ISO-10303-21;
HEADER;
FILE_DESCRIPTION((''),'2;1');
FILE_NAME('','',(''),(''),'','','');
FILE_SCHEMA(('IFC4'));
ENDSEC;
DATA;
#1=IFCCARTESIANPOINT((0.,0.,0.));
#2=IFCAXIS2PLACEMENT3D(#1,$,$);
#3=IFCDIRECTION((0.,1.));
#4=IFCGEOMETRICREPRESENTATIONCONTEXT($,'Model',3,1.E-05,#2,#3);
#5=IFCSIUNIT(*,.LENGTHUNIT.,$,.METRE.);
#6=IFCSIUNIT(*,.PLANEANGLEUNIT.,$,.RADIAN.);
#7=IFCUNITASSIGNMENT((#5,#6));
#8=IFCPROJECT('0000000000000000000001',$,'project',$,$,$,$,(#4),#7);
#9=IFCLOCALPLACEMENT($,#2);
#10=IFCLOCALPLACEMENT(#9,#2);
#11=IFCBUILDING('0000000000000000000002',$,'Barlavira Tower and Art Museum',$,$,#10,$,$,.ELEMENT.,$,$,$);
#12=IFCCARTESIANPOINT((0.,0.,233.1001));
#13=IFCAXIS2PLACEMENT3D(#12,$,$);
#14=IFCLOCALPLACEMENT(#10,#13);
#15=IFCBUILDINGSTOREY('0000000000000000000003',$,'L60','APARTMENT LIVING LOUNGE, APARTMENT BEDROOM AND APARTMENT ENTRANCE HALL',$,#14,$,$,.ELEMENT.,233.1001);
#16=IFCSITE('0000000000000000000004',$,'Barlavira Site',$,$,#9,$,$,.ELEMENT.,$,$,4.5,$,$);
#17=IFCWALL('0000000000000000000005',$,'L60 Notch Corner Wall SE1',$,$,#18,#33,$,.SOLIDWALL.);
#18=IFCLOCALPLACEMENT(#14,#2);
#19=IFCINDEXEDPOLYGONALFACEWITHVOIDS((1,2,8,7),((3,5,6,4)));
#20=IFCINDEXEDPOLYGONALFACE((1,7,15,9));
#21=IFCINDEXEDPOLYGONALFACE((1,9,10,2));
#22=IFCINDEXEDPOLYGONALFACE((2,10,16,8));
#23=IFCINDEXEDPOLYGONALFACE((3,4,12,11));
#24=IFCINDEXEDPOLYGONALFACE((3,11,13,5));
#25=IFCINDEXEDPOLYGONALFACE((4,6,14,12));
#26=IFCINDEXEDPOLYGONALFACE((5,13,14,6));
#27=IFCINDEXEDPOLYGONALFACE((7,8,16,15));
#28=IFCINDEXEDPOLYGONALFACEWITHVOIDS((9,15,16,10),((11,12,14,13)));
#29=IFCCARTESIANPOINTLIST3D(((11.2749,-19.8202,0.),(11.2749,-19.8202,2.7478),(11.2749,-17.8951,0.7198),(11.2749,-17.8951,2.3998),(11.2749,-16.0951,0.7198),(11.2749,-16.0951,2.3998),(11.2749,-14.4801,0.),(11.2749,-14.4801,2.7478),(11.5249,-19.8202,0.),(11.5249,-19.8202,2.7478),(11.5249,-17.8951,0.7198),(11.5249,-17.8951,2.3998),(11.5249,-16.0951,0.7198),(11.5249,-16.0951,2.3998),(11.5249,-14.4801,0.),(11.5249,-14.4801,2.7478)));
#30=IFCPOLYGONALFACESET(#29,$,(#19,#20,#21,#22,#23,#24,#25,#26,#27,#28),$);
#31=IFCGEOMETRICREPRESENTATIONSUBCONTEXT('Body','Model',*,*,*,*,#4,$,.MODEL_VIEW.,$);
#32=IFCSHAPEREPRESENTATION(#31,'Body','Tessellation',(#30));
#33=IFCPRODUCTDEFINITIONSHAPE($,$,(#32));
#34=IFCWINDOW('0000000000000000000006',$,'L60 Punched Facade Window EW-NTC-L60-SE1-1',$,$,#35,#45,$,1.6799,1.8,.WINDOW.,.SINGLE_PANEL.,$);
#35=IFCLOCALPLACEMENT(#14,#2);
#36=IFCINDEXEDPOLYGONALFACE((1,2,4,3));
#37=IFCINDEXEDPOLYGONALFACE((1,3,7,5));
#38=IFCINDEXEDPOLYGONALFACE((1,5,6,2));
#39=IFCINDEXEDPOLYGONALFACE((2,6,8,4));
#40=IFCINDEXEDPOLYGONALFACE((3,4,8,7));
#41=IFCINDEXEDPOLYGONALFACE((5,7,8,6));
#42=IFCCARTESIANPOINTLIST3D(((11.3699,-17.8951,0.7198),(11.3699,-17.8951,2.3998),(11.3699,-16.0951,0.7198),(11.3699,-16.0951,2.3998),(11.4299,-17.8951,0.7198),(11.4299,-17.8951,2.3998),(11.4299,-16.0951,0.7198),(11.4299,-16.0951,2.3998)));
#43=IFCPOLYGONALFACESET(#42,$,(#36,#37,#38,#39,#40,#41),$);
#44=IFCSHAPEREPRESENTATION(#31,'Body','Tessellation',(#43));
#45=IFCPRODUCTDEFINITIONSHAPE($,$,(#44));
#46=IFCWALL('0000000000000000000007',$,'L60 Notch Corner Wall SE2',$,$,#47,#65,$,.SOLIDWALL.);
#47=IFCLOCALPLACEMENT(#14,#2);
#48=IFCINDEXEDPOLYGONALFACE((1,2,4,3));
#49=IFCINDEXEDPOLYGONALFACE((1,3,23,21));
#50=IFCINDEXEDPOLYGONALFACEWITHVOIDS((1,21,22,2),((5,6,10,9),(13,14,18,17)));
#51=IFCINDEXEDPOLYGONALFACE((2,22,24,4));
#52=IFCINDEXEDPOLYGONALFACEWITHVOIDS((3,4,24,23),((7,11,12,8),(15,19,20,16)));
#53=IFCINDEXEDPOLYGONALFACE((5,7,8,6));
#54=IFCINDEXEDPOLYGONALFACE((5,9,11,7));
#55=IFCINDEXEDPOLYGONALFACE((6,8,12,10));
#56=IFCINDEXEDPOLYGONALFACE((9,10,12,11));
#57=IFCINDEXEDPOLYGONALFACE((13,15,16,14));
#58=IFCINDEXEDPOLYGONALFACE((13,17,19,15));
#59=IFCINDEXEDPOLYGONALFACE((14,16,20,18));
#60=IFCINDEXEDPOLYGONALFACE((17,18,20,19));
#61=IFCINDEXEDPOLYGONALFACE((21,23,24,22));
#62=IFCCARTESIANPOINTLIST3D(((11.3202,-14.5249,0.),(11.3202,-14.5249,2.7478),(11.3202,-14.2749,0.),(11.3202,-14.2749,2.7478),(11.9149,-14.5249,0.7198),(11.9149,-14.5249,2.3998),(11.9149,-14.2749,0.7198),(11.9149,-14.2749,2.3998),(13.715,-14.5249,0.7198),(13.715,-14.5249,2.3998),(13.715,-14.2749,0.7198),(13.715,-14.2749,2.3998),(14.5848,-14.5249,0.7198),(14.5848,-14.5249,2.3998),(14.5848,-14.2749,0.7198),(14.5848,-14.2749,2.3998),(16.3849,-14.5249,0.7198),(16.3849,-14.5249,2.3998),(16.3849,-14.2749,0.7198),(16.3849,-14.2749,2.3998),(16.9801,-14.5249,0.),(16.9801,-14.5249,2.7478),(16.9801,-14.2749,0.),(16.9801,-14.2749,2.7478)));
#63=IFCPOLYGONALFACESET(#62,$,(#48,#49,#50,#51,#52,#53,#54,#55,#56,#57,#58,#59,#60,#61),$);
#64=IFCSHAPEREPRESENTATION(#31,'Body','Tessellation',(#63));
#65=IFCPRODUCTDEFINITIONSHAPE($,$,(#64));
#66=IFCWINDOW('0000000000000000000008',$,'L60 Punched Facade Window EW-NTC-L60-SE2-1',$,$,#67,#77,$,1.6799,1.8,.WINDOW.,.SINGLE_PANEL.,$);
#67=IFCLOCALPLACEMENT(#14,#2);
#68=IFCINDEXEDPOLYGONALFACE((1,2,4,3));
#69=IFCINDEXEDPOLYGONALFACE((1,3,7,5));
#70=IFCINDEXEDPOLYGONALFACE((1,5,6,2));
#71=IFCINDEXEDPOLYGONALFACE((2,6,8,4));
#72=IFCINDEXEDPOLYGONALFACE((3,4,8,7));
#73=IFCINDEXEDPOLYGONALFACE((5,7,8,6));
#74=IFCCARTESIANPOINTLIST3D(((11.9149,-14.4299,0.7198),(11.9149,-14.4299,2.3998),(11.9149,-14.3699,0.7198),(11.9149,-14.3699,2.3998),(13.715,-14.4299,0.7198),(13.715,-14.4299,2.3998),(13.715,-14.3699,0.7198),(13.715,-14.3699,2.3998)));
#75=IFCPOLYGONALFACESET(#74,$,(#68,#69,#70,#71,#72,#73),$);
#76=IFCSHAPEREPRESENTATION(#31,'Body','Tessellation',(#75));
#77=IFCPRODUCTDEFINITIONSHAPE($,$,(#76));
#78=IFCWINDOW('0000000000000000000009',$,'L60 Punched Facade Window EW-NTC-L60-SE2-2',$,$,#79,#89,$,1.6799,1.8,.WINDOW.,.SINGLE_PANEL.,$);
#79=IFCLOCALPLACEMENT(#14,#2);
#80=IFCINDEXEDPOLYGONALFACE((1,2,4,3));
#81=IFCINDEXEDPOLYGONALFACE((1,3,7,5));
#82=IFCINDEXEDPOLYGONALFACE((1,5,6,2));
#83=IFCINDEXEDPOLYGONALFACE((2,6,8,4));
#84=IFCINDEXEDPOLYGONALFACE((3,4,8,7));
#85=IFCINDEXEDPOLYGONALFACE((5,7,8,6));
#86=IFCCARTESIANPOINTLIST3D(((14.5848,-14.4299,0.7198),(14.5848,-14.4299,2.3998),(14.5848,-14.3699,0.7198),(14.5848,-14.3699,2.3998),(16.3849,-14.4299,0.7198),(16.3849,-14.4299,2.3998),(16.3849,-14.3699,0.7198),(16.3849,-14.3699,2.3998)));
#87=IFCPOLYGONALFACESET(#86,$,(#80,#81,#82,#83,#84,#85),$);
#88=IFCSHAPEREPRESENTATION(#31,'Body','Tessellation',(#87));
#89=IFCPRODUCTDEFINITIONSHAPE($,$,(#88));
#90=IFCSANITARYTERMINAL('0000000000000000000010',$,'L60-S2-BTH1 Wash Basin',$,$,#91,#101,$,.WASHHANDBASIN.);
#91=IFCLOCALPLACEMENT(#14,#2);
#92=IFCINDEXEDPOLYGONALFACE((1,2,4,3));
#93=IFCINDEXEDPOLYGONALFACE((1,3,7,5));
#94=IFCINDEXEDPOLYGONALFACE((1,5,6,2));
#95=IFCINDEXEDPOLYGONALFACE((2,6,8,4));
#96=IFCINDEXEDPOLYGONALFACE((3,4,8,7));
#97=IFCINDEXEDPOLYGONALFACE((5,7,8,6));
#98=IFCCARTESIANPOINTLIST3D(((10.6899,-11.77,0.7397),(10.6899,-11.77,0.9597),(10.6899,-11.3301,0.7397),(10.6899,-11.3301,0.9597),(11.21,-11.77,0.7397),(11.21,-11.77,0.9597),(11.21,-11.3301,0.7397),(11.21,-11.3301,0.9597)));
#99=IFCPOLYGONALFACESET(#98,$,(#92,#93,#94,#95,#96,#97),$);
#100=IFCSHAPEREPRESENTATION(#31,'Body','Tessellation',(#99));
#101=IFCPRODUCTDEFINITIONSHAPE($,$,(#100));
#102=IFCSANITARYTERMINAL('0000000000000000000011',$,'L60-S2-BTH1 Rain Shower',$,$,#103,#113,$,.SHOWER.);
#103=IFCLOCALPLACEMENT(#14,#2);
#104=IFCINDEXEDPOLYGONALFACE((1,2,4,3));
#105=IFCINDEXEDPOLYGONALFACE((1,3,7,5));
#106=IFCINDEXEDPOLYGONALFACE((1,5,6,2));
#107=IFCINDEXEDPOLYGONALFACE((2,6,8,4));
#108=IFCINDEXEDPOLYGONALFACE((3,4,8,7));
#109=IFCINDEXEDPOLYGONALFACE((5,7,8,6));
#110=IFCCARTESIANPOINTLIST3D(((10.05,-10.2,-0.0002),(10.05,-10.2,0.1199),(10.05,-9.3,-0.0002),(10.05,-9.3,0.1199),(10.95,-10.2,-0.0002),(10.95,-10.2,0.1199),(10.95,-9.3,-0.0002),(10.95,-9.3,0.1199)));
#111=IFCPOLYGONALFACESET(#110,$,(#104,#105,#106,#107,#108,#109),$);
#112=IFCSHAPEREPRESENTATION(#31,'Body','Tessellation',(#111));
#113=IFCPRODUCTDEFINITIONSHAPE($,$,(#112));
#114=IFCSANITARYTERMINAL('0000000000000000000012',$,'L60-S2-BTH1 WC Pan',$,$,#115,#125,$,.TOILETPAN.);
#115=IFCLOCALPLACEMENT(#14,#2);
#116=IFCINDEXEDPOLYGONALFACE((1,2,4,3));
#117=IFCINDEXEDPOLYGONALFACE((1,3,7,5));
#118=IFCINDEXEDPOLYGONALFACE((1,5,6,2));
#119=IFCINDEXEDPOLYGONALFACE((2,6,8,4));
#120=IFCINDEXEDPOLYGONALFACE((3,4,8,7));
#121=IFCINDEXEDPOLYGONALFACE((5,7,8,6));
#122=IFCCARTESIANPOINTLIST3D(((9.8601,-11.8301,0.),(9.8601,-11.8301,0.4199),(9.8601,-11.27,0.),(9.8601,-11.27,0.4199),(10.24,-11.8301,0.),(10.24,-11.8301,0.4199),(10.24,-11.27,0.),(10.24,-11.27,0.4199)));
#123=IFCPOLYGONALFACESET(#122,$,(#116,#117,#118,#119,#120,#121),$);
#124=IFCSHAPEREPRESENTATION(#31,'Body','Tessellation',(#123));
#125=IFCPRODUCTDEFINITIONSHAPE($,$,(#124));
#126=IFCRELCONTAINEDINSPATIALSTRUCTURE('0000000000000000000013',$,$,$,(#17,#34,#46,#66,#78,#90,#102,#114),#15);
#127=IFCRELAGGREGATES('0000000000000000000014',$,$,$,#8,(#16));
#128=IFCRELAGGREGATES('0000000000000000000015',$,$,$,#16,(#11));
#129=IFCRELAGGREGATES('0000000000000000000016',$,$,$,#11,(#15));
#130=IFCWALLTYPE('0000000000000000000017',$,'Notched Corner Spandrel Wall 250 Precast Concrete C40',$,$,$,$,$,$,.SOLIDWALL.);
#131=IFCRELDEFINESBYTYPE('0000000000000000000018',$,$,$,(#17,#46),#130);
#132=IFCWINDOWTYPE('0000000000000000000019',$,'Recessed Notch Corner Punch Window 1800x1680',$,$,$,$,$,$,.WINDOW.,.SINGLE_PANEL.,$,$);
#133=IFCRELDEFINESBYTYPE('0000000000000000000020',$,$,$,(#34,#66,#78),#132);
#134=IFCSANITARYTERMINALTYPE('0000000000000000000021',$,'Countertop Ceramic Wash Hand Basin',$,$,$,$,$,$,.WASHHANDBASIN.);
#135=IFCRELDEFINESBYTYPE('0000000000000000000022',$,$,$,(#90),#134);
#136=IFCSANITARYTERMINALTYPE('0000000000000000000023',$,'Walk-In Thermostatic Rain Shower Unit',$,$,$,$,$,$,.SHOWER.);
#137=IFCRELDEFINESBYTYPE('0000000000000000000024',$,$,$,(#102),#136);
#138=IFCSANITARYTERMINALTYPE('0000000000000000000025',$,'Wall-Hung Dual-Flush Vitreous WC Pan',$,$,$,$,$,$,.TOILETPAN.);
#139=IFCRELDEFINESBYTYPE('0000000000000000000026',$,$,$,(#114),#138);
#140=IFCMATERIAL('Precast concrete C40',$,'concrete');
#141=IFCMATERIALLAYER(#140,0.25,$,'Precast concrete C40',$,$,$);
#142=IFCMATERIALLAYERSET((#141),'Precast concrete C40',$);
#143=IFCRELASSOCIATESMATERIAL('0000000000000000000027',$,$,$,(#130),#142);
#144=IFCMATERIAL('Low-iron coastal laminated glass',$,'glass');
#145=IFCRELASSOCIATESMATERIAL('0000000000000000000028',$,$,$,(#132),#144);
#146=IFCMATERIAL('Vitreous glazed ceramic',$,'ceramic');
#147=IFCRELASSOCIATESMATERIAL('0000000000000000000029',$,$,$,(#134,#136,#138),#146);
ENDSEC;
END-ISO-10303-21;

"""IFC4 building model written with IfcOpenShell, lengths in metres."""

from ifc_helpers import new_model, si_unit, direction, frame, frame_2d, origin, origin_2d, place, context, subcontext, project, spatial, rectangle, extrude, material, layer, layer_set, type_object, element, fill, save


model = new_model("IFC4")

# Units and contexts
model_context = context("Model", 3, precision=1e-05, world=origin(), true_north=direction((0.0, 1.0)))
body_context = subcontext(model_context, "Body", "Model", "MODEL_VIEW")
ifc_project = project(units=[si_unit("LENGTHUNIT", "METRE"), si_unit("PLANEANGLEUNIT", "RADIAN")], contexts=[model_context])

# Site, building, storey
site_placement = place(None, origin())
site = spatial("IfcSite", under=ifc_project, at=site_placement, Name="Barlavira Site", CompositionType="ELEMENT", RefElevation=4.5)
building_placement = place(site_placement, origin())
building = spatial("IfcBuilding", under=site, at=building_placement, Name="Barlavira Tower and Art Museum", CompositionType="ELEMENT")
storey_placement = place(building_placement, frame((0.0, 0.0, 233.1001)))
storey = spatial("IfcBuildingStorey", under=building, at=storey_placement, Name="L60", Description="APARTMENT LIVING LOUNGE, APARTMENT BEDROOM AND APARTMENT ENTRANCE HALL", CompositionType="ELEMENT", Elevation=233.1001)

# Shared definitions
ifc_material_1 = material(Name="Precast concrete C40", Category="concrete")
ifc_layer_1 = layer(ifc_material_1, 0.25, Name="Precast concrete C40")
ifc_layer_set_1 = layer_set([ifc_layer_1], Name="Precast concrete C40")
wall_type_1 = type_object("IfcWallType", Name="Notched Corner Spandrel Wall 250 Precast Concrete C40", PredefinedType="SOLIDWALL", material=ifc_layer_set_1)
ifc_material_2 = material(Name="Low-iron coastal laminated glass", Category="glass")
window_type = type_object("IfcWindowType", Name="Recessed Notch Corner Punch Window 1800x1680", PartitioningType="SINGLE_PANEL", PredefinedType="WINDOW", material=ifc_material_2)

# Wall, opening, window
wall_1_placement = place(storey_placement, frame((11.3999, -19.8201, 0.0), z_axis=(0.0, 0.0, 1.0), x_axis=(0.0, 1.0, 0.0)))
wall_1 = element("IfcWall", 1, at=wall_1_placement, inside=storey, type_object=wall_type_1, Name="L60 Notch Corner Wall SE1", PredefinedType="SOLIDWALL", context=body_context, shape_type="SweptSolid", body=[
    extrude(rectangle(XDim=5.3401, YDim=0.25, at=frame_2d((2.6699, 0.0))), origin(), (0.0, 0.0, 1.0), 2.7478),
])
opening_1_placement = place(wall_1_placement, frame((1.925, 0.0, 0.72)))
opening_1 = element("IfcOpeningElement", 2, at=opening_1_placement, cuts=wall_1, PredefinedType="OPENING", context=body_context, shape_type="SweptSolid", body=[
    extrude(rectangle(XDim=1.8, YDim=1.6799, at=frame_2d((0.8999, 0.8398))), frame((0.0, 0.135, 0.0), z_axis=(0.0, -1.0, 0.0), x_axis=(1.0, 0.0, 0.0)), (0.0, 0.0, 1.0), 0.27),
])
window_1_placement = place(opening_1_placement, origin())
window_1 = element("IfcWindow", 3, at=window_1_placement, inside=storey, type_object=window_type, Name="L60 Punched Facade Window EW-NTC-L60-SE1-1", OverallHeight=1.6799, OverallWidth=1.8, PartitioningType="SINGLE_PANEL", PredefinedType="WINDOW", context=body_context, shape_type="SweptSolid", body=[
    extrude(rectangle(XDim=1.8, YDim=1.6799, at=frame_2d((0.8999, 0.8398))), frame((0.0, 0.03, 0.0), z_axis=(0.0, -1.0, 0.0), x_axis=(1.0, 0.0, 0.0)), (0.0, 0.0, 1.0), 0.0601),
])
fill(opening_1, window_1)

# Wall, openings, windows
wall_2_placement = place(storey_placement, frame((11.3201, -14.3999, 0.0), z_axis=(0.0, 0.0, 1.0), x_axis=(1.0, 0.0, 0.0)))
wall_2 = element("IfcWall", 4, at=wall_2_placement, inside=storey, type_object=wall_type_1, Name="L60 Notch Corner Wall SE2", PredefinedType="SOLIDWALL", context=body_context, shape_type="SweptSolid", body=[
    extrude(rectangle(XDim=5.6599, YDim=0.25, at=frame_2d((2.8301, 0.0))), origin(), (0.0, 0.0, 1.0), 2.7478),
])
opening_2_placement = place(wall_2_placement, frame((0.595, 0.0, 0.72)))
opening_2 = element("IfcOpeningElement", 5, at=opening_2_placement, cuts=wall_2, PredefinedType="OPENING", context=body_context, shape_type="SweptSolid", body=[
    extrude(rectangle(XDim=1.8, YDim=1.6799, at=frame_2d((0.8999, 0.8398))), frame((0.0, 0.135, 0.0), z_axis=(0.0, -1.0, 0.0), x_axis=(1.0, 0.0, 0.0)), (0.0, 0.0, 1.0), 0.27),
])
opening_3_placement = place(wall_2_placement, frame((3.2649, 0.0, 0.72)))
opening_3 = element("IfcOpeningElement", 6, at=opening_3_placement, cuts=wall_2, PredefinedType="OPENING", context=body_context, shape_type="SweptSolid", body=[
    extrude(rectangle(XDim=1.8, YDim=1.6799, at=frame_2d((0.8999, 0.8398))), frame((0.0, 0.135, 0.0), z_axis=(0.0, -1.0, 0.0), x_axis=(1.0, 0.0, 0.0)), (0.0, 0.0, 1.0), 0.27),
])
window_2_placement = place(opening_2_placement, origin())
window_2 = element("IfcWindow", 7, at=window_2_placement, inside=storey, type_object=window_type, Name="L60 Punched Facade Window EW-NTC-L60-SE2-1", OverallHeight=1.6799, OverallWidth=1.8, PartitioningType="SINGLE_PANEL", PredefinedType="WINDOW", context=body_context, shape_type="SweptSolid", body=[
    extrude(rectangle(XDim=1.8, YDim=1.6799, at=frame_2d((0.8999, 0.8398))), frame((0.0, 0.03, 0.0), z_axis=(0.0, -1.0, 0.0), x_axis=(1.0, 0.0, 0.0)), (0.0, 0.0, 1.0), 0.0601),
])
fill(opening_2, window_2)
window_3_placement = place(opening_3_placement, origin())
window_3 = element("IfcWindow", 8, at=window_3_placement, inside=storey, type_object=window_type, Name="L60 Punched Facade Window EW-NTC-L60-SE2-2", OverallHeight=1.6799, OverallWidth=1.8, PartitioningType="SINGLE_PANEL", PredefinedType="WINDOW", context=body_context, shape_type="SweptSolid", body=[
    extrude(rectangle(XDim=1.8, YDim=1.6799, at=frame_2d((0.8999, 0.8398))), frame((0.0, 0.03, 0.0), z_axis=(0.0, -1.0, 0.0), x_axis=(1.0, 0.0, 0.0)), (0.0, 0.0, 1.0), 0.0601),
])
fill(opening_3, window_3)

# Sanitary terminals
ifc_material_3 = material(Name="Vitreous glazed ceramic", Category="ceramic")
sanitary_terminal_type_1 = type_object("IfcSanitaryTerminalType", Name="Countertop Ceramic Wash Hand Basin", PredefinedType="WASHHANDBASIN", material=ifc_material_3)
sanitary_terminal_1_placement = place(storey_placement, frame((10.95, -11.55, 0.7397), z_axis=(0.0, 0.0, 1.0), x_axis=(1.0, 0.0, 0.0)))
element("IfcSanitaryTerminal", 9, at=sanitary_terminal_1_placement, inside=storey, type_object=sanitary_terminal_type_1, Name="L60-S2-BTH1 Wash Basin", PredefinedType="WASHHANDBASIN", context=body_context, shape_type="SweptSolid", body=[
    extrude(rectangle(XDim=0.52, YDim=0.4399, at=origin_2d()), origin(), (0.0, 0.0, 1.0), 0.22),
])
sanitary_terminal_type_2 = type_object("IfcSanitaryTerminalType", Name="Walk-In Thermostatic Rain Shower Unit", PredefinedType="SHOWER", material=ifc_material_3)
sanitary_terminal_2_placement = place(storey_placement, frame((10.5, -9.75, -0.0002), z_axis=(0.0, 0.0, 1.0), x_axis=(1.0, 0.0, 0.0)))
element("IfcSanitaryTerminal", 10, at=sanitary_terminal_2_placement, inside=storey, type_object=sanitary_terminal_type_2, Name="L60-S2-BTH1 Rain Shower", PredefinedType="SHOWER", context=body_context, shape_type="SweptSolid", body=[
    extrude(rectangle(XDim=0.8999, YDim=0.8999, at=origin_2d()), origin(), (0.0, 0.0, 1.0), 0.1201),
])
sanitary_terminal_type_3 = type_object("IfcSanitaryTerminalType", Name="Wall-Hung Dual-Flush Vitreous WC Pan", PredefinedType="TOILETPAN", material=ifc_material_3)
sanitary_terminal_3_placement = place(storey_placement, frame((10.05, -11.55, 0.0), z_axis=(0.0, 0.0, 1.0), x_axis=(1.0, 0.0, 0.0)))
element("IfcSanitaryTerminal", 11, at=sanitary_terminal_3_placement, inside=storey, type_object=sanitary_terminal_type_3, Name="L60-S2-BTH1 WC Pan", PredefinedType="TOILETPAN", context=body_context, shape_type="SweptSolid", body=[
    extrude(rectangle(XDim=0.3799, YDim=0.5601, at=origin_2d()), origin(), (0.0, 0.0, 1.0), 0.4199),
])

save(model, "model.ifc")
